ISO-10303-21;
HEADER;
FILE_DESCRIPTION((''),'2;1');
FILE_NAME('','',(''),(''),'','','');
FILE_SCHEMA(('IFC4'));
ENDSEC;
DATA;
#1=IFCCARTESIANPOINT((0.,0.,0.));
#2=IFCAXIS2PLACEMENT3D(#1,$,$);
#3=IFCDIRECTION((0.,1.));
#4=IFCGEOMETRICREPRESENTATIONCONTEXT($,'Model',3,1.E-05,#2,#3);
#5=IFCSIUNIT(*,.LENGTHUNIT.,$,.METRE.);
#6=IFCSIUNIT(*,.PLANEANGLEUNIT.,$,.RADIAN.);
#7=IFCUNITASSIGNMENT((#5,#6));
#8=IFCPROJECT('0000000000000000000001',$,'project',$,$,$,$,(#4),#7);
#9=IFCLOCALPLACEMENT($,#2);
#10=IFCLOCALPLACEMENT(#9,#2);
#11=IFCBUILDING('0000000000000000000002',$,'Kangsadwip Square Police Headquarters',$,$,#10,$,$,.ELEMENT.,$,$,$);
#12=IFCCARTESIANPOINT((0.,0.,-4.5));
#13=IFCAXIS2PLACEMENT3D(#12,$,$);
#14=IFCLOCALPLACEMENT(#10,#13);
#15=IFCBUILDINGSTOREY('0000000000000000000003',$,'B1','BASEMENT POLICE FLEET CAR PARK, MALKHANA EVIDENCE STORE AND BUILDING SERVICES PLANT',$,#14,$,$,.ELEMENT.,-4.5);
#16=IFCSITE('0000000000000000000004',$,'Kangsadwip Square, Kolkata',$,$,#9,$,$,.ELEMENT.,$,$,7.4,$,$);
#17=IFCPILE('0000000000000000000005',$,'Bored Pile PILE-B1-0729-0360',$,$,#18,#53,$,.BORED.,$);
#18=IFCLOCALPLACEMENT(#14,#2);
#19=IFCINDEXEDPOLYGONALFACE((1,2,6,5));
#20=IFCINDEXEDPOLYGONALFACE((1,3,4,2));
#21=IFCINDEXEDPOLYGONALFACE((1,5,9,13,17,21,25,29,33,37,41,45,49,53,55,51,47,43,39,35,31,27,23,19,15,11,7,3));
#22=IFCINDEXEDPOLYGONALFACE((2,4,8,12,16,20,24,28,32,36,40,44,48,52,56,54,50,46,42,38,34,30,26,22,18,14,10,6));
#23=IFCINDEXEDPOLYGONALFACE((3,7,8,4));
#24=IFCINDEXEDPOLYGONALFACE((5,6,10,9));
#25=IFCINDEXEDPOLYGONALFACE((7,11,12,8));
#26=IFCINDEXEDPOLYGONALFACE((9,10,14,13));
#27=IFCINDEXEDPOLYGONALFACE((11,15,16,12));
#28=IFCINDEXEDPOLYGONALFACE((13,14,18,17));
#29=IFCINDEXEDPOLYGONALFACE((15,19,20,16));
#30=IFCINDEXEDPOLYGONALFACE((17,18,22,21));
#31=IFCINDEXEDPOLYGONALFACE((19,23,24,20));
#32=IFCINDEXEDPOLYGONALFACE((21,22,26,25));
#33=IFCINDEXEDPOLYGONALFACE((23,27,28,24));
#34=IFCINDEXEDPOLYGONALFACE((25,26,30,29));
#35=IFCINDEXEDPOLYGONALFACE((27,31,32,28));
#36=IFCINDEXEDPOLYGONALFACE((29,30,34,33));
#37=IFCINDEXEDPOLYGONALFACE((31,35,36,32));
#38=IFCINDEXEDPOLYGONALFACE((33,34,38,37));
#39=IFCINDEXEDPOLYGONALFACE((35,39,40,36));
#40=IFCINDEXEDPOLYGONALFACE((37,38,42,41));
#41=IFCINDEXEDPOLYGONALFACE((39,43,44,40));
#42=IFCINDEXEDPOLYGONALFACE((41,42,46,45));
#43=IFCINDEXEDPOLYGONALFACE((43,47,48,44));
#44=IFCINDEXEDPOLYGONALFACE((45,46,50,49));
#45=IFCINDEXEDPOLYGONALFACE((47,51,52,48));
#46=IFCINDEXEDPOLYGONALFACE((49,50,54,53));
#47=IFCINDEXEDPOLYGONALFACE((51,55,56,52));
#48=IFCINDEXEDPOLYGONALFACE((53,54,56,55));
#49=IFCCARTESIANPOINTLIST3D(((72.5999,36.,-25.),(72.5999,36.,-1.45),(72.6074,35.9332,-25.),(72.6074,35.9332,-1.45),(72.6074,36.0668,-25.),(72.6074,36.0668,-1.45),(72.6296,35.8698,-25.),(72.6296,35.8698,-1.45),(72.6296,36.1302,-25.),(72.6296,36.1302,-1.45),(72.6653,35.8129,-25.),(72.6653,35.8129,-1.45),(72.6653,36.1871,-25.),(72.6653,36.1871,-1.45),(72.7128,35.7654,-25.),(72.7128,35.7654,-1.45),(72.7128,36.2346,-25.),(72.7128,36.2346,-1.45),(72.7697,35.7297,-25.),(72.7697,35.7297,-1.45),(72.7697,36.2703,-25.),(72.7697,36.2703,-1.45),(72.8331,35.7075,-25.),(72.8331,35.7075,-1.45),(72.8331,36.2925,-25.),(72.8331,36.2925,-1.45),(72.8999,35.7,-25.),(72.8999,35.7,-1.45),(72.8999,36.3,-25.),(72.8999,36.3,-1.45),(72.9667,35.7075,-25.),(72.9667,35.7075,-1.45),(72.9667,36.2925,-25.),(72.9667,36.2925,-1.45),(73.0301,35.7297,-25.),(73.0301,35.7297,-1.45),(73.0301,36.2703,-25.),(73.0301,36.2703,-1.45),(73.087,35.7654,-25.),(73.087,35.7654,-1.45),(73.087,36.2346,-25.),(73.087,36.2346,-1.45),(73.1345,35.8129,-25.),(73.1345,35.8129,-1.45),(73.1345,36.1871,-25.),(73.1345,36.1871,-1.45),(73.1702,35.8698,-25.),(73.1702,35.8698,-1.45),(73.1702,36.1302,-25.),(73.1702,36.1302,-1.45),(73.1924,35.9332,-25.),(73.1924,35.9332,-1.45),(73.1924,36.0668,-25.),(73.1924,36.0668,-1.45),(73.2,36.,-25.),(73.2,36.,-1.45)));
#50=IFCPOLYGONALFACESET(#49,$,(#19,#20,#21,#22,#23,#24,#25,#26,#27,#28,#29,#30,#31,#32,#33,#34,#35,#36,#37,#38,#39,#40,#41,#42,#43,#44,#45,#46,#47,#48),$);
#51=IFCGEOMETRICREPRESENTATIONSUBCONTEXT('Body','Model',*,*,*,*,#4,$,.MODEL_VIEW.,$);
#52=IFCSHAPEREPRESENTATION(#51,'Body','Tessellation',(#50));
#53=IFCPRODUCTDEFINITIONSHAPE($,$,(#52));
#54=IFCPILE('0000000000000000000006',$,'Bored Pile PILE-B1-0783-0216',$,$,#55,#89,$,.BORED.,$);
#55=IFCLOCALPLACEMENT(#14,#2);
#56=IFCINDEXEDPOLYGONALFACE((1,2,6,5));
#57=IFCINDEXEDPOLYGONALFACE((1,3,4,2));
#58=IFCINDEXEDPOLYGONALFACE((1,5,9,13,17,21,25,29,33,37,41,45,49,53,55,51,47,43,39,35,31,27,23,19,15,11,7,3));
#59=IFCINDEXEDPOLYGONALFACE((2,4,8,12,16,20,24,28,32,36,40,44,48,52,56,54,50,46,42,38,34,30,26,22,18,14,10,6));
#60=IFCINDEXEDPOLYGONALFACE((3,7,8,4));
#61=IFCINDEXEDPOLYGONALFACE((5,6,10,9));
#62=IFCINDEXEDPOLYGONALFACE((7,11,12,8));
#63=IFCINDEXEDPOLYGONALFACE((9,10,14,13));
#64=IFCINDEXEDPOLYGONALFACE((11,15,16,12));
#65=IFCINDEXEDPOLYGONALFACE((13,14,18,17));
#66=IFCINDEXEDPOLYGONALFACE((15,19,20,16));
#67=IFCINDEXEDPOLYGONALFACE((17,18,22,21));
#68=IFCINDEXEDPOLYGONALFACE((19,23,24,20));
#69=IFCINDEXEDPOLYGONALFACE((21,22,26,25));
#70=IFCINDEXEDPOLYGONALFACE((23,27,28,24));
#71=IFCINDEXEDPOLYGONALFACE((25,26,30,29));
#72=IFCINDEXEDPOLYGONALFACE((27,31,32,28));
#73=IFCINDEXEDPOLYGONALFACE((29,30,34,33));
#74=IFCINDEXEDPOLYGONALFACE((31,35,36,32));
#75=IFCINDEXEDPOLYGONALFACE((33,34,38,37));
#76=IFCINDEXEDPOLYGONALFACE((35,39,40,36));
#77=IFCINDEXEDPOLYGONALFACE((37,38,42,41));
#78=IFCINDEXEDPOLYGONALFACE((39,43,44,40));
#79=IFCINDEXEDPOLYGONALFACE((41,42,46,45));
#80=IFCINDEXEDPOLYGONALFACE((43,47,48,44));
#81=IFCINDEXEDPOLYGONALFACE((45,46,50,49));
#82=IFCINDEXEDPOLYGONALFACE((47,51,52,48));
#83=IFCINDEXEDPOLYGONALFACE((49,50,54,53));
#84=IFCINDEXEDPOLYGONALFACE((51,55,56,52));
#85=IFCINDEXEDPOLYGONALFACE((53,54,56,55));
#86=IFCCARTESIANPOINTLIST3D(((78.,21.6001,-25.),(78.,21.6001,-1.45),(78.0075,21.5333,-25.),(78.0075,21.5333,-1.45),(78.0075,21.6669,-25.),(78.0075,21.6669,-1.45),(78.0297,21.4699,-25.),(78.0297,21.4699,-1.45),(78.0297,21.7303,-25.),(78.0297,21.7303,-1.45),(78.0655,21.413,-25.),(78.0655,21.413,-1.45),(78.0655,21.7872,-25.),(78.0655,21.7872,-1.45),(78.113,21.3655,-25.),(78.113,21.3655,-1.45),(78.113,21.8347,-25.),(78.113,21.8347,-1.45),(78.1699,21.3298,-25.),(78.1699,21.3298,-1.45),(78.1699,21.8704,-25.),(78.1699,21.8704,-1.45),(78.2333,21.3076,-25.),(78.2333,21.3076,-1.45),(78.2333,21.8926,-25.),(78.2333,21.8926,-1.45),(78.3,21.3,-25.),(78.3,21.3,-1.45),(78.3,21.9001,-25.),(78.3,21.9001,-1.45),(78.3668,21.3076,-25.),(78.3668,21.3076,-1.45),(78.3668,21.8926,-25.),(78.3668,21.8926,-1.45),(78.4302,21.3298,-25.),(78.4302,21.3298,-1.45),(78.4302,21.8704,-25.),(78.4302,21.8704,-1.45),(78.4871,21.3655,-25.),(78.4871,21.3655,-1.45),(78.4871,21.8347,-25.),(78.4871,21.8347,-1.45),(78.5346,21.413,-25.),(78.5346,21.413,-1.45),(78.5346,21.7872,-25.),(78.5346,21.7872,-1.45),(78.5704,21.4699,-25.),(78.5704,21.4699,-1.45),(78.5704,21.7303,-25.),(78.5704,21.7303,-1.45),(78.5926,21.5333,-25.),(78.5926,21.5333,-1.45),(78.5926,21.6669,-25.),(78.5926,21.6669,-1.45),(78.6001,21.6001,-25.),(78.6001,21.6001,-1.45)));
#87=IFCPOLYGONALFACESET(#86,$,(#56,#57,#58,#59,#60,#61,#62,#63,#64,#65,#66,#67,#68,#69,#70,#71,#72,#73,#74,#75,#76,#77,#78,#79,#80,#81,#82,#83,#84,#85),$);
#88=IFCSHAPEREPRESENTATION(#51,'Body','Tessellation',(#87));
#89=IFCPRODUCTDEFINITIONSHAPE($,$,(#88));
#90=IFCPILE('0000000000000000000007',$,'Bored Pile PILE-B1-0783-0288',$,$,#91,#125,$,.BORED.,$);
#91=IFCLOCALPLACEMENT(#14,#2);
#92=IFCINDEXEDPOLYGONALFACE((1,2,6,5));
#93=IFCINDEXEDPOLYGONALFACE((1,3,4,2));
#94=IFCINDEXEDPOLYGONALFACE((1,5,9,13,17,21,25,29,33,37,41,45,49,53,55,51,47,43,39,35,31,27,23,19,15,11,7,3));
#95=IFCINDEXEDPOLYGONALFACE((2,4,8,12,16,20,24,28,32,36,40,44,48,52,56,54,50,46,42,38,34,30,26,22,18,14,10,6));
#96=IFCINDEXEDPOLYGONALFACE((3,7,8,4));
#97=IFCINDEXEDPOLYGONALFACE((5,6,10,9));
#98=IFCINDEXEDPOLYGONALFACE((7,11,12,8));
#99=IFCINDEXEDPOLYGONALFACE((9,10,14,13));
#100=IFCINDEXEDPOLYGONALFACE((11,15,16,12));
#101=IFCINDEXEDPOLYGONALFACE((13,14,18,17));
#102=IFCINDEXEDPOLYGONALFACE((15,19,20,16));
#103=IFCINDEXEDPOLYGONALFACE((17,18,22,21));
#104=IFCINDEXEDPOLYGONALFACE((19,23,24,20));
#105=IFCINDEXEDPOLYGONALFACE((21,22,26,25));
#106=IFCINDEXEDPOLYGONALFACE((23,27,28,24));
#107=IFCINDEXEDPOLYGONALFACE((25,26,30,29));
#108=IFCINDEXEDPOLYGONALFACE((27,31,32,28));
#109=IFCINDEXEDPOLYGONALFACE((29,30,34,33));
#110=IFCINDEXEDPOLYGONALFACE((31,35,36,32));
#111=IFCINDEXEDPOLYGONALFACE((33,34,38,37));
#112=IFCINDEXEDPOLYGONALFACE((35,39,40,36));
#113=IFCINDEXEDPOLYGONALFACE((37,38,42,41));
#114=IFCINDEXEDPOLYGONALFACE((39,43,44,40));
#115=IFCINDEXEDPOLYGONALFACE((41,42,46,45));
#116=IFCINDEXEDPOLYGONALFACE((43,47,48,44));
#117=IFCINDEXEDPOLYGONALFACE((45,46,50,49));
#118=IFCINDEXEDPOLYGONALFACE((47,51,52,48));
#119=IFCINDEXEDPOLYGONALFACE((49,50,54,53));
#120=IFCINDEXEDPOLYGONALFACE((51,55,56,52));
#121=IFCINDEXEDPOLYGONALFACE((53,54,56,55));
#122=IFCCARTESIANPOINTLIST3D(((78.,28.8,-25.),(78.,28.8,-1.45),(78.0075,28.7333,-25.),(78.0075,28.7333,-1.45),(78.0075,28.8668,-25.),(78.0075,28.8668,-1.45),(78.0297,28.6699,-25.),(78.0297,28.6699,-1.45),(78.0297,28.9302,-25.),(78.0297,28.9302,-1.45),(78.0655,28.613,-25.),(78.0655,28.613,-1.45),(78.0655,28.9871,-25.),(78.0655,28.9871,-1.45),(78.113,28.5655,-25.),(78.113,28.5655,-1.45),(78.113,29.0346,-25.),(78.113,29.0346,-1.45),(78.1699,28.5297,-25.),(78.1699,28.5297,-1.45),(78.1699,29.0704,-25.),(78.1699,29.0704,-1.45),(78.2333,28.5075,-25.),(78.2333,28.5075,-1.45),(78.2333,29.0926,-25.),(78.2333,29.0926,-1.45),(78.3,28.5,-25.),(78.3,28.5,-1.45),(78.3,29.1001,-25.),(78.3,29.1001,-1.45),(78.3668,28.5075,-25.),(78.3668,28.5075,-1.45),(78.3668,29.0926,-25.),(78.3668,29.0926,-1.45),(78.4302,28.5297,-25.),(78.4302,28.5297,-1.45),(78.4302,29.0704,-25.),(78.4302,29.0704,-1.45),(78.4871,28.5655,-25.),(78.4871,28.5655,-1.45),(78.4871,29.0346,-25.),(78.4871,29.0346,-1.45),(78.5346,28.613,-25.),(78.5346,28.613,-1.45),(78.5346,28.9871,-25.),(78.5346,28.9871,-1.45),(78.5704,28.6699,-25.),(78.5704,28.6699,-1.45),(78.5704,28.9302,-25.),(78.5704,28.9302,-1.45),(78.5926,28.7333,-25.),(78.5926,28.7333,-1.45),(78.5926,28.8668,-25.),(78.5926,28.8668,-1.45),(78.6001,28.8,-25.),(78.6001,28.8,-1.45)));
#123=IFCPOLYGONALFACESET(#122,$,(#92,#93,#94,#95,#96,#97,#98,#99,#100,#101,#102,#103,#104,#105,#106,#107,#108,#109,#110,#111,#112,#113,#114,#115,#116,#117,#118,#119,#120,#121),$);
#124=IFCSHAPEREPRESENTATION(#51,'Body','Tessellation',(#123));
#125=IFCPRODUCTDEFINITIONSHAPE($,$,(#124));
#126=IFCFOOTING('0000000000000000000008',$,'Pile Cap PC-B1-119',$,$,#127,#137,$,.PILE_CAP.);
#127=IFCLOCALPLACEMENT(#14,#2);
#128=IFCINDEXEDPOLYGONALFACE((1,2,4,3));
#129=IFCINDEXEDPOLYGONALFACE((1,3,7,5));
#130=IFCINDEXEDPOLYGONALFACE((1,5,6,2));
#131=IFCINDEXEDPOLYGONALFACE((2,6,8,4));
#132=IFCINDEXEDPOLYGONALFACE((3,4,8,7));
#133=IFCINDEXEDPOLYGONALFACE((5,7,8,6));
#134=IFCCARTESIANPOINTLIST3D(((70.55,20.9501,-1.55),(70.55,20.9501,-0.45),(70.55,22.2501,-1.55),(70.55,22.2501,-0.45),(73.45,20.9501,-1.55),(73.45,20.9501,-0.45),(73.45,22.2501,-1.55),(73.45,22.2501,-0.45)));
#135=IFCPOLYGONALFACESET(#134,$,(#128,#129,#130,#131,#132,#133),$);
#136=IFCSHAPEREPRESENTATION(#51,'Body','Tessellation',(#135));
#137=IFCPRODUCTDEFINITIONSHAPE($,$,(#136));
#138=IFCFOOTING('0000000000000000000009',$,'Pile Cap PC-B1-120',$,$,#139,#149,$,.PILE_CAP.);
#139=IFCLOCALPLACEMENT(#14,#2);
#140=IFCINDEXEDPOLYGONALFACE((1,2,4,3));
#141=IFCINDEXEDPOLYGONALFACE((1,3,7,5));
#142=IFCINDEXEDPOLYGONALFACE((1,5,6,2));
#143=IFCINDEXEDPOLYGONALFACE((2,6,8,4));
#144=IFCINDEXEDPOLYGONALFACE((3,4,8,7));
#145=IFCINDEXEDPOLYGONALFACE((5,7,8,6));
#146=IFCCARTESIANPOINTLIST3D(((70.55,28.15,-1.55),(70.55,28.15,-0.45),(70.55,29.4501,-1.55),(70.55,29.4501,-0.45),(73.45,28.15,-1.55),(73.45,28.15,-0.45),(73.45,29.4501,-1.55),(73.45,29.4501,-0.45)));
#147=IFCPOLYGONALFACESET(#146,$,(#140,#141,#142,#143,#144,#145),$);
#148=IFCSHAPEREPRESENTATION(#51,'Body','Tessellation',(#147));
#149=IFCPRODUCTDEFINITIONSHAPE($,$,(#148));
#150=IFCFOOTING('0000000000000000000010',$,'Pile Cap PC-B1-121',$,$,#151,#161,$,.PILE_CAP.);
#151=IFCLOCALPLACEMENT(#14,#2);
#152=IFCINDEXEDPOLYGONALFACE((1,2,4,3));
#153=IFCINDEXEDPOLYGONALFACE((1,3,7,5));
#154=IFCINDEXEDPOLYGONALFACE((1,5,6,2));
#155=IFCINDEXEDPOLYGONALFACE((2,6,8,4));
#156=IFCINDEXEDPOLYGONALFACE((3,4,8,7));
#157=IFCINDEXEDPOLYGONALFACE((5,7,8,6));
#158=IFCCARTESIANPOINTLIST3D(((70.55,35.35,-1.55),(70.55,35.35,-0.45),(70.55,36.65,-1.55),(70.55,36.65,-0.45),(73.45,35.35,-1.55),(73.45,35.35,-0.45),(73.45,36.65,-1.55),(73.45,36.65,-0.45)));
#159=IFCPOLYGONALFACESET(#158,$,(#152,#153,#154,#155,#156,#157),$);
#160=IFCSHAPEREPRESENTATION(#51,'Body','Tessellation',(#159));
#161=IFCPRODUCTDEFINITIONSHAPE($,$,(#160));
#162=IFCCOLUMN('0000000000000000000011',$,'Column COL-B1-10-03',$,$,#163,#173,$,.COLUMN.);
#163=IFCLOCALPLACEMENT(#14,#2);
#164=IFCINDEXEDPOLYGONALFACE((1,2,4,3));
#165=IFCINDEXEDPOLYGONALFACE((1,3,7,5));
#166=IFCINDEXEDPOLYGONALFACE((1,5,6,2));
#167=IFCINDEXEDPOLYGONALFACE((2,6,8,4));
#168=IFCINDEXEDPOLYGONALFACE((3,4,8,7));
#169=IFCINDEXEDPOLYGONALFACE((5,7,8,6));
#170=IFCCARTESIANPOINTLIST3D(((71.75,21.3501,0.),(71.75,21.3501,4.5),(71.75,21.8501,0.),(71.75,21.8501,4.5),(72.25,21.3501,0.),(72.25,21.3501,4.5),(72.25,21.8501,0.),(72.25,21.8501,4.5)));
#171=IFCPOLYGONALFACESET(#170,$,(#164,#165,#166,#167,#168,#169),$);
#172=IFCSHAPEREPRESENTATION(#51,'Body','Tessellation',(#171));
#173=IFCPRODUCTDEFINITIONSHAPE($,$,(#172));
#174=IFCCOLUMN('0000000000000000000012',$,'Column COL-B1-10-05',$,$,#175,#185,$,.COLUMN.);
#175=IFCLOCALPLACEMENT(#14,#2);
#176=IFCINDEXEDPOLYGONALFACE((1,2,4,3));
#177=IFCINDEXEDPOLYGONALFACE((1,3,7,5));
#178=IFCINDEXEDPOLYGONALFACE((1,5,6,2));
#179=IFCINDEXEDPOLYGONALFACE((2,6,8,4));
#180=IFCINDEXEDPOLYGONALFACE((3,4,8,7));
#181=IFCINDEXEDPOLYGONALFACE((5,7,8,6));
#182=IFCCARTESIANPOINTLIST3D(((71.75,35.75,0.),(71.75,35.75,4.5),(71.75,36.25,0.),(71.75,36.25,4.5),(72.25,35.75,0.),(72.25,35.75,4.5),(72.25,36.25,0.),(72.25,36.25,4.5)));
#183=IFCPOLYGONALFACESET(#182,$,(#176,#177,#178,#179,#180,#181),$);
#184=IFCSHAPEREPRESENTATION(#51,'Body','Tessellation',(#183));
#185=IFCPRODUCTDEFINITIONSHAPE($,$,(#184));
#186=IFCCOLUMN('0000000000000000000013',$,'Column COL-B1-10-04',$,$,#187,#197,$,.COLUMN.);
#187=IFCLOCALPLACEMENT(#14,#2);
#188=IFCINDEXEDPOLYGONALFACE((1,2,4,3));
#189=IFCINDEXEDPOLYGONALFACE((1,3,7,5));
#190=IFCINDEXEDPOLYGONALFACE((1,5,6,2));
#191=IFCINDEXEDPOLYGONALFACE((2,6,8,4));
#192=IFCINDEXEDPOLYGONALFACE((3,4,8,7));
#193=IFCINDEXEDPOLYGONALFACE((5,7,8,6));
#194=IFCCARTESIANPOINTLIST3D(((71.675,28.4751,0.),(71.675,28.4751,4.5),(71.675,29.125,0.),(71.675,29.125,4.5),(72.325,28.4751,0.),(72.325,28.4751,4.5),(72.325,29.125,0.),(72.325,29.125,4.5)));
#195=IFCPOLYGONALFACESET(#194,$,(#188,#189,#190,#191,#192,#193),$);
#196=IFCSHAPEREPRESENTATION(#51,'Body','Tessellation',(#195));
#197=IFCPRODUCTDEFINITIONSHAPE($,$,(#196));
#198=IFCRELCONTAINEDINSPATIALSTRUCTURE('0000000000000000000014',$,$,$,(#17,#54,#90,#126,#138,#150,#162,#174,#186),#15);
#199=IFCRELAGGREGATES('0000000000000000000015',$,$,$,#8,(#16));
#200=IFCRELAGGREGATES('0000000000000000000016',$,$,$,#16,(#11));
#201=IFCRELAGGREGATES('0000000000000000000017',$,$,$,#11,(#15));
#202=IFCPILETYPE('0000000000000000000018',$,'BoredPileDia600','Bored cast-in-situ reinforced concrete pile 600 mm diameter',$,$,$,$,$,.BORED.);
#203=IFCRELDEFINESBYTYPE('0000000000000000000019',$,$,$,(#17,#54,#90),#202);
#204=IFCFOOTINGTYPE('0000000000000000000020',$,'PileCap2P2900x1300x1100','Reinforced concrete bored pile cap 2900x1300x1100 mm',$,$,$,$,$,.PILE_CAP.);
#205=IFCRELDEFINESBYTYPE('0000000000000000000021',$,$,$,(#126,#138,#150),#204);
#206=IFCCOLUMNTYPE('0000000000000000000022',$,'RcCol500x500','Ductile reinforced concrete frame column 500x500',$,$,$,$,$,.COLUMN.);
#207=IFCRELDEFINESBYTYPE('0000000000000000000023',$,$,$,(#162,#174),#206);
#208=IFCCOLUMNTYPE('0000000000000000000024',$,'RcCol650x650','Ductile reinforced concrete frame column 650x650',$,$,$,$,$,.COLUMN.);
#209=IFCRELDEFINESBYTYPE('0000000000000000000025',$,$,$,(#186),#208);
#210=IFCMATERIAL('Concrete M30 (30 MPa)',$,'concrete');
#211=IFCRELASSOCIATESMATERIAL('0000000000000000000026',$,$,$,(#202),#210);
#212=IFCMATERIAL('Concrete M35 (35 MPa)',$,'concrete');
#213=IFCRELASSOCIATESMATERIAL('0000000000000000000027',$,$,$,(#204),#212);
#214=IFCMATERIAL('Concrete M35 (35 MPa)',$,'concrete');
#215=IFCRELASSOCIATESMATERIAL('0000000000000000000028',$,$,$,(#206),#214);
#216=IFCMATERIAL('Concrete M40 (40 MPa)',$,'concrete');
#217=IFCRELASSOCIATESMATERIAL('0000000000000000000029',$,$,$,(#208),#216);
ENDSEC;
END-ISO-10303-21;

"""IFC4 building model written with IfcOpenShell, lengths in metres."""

from ifc_helpers import new_model, si_unit, direction, frame, origin, origin_2d, place, context, subcontext, project, spatial, rectangle, circle, extrude, material, material_profile, profile_set, type_object, element, save


model = new_model("IFC4")

# Units and contexts
model_context = context("Model", 3, precision=1e-05, world=origin(), true_north=direction((0.0, 1.0)))
body_context = subcontext(model_context, "Body", "Model", "MODEL_VIEW")
ifc_project = project(units=[si_unit("LENGTHUNIT", "METRE"), si_unit("PLANEANGLEUNIT", "RADIAN")], contexts=[model_context])

# Site, building, storey
site_placement = place(None, origin())
site = spatial("IfcSite", under=ifc_project, at=site_placement, Name="Kangsadwip Square, Kolkata", CompositionType="ELEMENT", RefElevation=7.4)
building_placement = place(site_placement, origin())
building = spatial("IfcBuilding", under=site, at=building_placement, Name="Kangsadwip Square Police Headquarters", CompositionType="ELEMENT")
storey_placement = place(building_placement, frame((0.0, 0.0, -4.5)))
storey = spatial("IfcBuildingStorey", under=building, at=storey_placement, Name="B1", Description="BASEMENT POLICE FLEET CAR PARK, MALKHANA EVIDENCE STORE AND BUILDING SERVICES PLANT", CompositionType="ELEMENT", Elevation=-4.5)

# Piles
ifc_material_1 = material(Name="Concrete M30 (30 MPa)", Category="concrete")
ifc_material_profile_1 = material_profile(ifc_material_1, circle(Radius=0.3, at=origin_2d()), Name="PILE DIA 600")
ifc_profile_set_1 = profile_set([ifc_material_profile_1], Name="Concrete M30 (30 MPa)")
pile_type = type_object("IfcPileType", Name="BoredPileDia600", Description="Bored cast-in-situ reinforced concrete pile 600 mm diameter", PredefinedType="BORED", material=ifc_profile_set_1)
for number, where, z_axis, x_axis, name in (
    (1, (72.8999, 36.0, -1.45), (0.0, 0.0, -1.0), (1.0, 0.0, 0.0), "Bored Pile PILE-B1-0729-0360"),
    (2, (78.3, 21.6001, -1.45), (0.0, 0.0, -1.0), (1.0, 0.0, 0.0), "Bored Pile PILE-B1-0783-0216"),
    (3, (78.3, 28.8, -1.45), (0.0, 0.0, -1.0), (1.0, 0.0, 0.0), "Bored Pile PILE-B1-0783-0288"),
):
    element("IfcPile", number, at=place(storey_placement, frame(where, z_axis=z_axis, x_axis=x_axis)), inside=storey, type_object=pile_type, Name=name, PredefinedType="BORED", context=body_context, shape_type="SweptSolid", body=[
        extrude(circle(Radius=0.3, at=origin_2d()), origin(), (0.0, 0.0, 1.0), 23.55),
    ])

# Footings
ifc_material_2 = material(Name="Concrete M35 (35 MPa)", Category="concrete")
footing_type = type_object("IfcFootingType", Name="PileCap2P2900x1300x1100", Description="Reinforced concrete bored pile cap 2900x1300x1100 mm", PredefinedType="PILE_CAP", material=ifc_material_2)
for number, where, z_axis, x_axis, name in (
    (4, (72.0, 21.6001, -1.55), (0.0, 0.0, 1.0), (1.0, 0.0, 0.0), "Pile Cap PC-B1-119"),
    (5, (72.0, 28.8, -1.55), (0.0, 0.0, 1.0), (1.0, 0.0, 0.0), "Pile Cap PC-B1-120"),
    (6, (72.0, 36.0, -1.55), (0.0, 0.0, 1.0), (1.0, 0.0, 0.0), "Pile Cap PC-B1-121"),
):
    element("IfcFooting", number, at=place(storey_placement, frame(where, z_axis=z_axis, x_axis=x_axis)), inside=storey, type_object=footing_type, Name=name, PredefinedType="PILE_CAP", context=body_context, shape_type="SweptSolid", body=[
        extrude(rectangle(XDim=2.8999, YDim=1.3, at=origin_2d()), origin(), (0.0, 0.0, 1.0), 1.1001),
    ])

# Columns
ifc_material_3 = material(Name="Concrete M35 (35 MPa)", Category="concrete")
ifc_material_profile_2 = material_profile(ifc_material_3, rectangle(XDim=0.5, YDim=0.5, at=origin_2d()), Name="RC COL 500X500")
ifc_profile_set_2 = profile_set([ifc_material_profile_2], Name="Concrete M35 (35 MPa)")
column_type_1 = type_object("IfcColumnType", Name="RcCol500x500", Description="Ductile reinforced concrete frame column 500x500", PredefinedType="COLUMN", material=ifc_profile_set_2)
for number, where, z_axis, x_axis, name in (
    (7, (72.0, 21.6001, 0.0), (0.0, 0.0, 1.0), (1.0, 0.0, 0.0), "Column COL-B1-10-03"),
    (8, (72.0, 36.0, 0.0), (0.0, 0.0, 1.0), (1.0, 0.0, 0.0), "Column COL-B1-10-05"),
):
    element("IfcColumn", number, at=place(storey_placement, frame(where, z_axis=z_axis, x_axis=x_axis)), inside=storey, type_object=column_type_1, Name=name, PredefinedType="COLUMN", context=body_context, shape_type="SweptSolid", body=[
        extrude(rectangle(XDim=0.5, YDim=0.5, at=origin_2d()), origin(), (0.0, 0.0, 1.0), 4.5),
    ])
ifc_material_4 = material(Name="Concrete M40 (40 MPa)", Category="concrete")
ifc_material_profile_3 = material_profile(ifc_material_4, rectangle(XDim=0.6499, YDim=0.6499, at=origin_2d()), Name="RC COL 650X650")
ifc_profile_set_3 = profile_set([ifc_material_profile_3], Name="Concrete M40 (40 MPa)")
column_type_2 = type_object("IfcColumnType", Name="RcCol650x650", Description="Ductile reinforced concrete frame column 650x650", PredefinedType="COLUMN", material=ifc_profile_set_3)
column_placement = place(storey_placement, frame((72.0, 28.8, 0.0), z_axis=(0.0, 0.0, 1.0), x_axis=(1.0, 0.0, 0.0)))
element("IfcColumn", 9, at=column_placement, inside=storey, type_object=column_type_2, Name="Column COL-B1-10-04", PredefinedType="COLUMN", context=body_context, shape_type="SweptSolid", body=[
    extrude(rectangle(XDim=0.6499, YDim=0.6499, at=origin_2d()), origin(), (0.0, 0.0, 1.0), 4.5),
])

save(model, "model.ifc")
